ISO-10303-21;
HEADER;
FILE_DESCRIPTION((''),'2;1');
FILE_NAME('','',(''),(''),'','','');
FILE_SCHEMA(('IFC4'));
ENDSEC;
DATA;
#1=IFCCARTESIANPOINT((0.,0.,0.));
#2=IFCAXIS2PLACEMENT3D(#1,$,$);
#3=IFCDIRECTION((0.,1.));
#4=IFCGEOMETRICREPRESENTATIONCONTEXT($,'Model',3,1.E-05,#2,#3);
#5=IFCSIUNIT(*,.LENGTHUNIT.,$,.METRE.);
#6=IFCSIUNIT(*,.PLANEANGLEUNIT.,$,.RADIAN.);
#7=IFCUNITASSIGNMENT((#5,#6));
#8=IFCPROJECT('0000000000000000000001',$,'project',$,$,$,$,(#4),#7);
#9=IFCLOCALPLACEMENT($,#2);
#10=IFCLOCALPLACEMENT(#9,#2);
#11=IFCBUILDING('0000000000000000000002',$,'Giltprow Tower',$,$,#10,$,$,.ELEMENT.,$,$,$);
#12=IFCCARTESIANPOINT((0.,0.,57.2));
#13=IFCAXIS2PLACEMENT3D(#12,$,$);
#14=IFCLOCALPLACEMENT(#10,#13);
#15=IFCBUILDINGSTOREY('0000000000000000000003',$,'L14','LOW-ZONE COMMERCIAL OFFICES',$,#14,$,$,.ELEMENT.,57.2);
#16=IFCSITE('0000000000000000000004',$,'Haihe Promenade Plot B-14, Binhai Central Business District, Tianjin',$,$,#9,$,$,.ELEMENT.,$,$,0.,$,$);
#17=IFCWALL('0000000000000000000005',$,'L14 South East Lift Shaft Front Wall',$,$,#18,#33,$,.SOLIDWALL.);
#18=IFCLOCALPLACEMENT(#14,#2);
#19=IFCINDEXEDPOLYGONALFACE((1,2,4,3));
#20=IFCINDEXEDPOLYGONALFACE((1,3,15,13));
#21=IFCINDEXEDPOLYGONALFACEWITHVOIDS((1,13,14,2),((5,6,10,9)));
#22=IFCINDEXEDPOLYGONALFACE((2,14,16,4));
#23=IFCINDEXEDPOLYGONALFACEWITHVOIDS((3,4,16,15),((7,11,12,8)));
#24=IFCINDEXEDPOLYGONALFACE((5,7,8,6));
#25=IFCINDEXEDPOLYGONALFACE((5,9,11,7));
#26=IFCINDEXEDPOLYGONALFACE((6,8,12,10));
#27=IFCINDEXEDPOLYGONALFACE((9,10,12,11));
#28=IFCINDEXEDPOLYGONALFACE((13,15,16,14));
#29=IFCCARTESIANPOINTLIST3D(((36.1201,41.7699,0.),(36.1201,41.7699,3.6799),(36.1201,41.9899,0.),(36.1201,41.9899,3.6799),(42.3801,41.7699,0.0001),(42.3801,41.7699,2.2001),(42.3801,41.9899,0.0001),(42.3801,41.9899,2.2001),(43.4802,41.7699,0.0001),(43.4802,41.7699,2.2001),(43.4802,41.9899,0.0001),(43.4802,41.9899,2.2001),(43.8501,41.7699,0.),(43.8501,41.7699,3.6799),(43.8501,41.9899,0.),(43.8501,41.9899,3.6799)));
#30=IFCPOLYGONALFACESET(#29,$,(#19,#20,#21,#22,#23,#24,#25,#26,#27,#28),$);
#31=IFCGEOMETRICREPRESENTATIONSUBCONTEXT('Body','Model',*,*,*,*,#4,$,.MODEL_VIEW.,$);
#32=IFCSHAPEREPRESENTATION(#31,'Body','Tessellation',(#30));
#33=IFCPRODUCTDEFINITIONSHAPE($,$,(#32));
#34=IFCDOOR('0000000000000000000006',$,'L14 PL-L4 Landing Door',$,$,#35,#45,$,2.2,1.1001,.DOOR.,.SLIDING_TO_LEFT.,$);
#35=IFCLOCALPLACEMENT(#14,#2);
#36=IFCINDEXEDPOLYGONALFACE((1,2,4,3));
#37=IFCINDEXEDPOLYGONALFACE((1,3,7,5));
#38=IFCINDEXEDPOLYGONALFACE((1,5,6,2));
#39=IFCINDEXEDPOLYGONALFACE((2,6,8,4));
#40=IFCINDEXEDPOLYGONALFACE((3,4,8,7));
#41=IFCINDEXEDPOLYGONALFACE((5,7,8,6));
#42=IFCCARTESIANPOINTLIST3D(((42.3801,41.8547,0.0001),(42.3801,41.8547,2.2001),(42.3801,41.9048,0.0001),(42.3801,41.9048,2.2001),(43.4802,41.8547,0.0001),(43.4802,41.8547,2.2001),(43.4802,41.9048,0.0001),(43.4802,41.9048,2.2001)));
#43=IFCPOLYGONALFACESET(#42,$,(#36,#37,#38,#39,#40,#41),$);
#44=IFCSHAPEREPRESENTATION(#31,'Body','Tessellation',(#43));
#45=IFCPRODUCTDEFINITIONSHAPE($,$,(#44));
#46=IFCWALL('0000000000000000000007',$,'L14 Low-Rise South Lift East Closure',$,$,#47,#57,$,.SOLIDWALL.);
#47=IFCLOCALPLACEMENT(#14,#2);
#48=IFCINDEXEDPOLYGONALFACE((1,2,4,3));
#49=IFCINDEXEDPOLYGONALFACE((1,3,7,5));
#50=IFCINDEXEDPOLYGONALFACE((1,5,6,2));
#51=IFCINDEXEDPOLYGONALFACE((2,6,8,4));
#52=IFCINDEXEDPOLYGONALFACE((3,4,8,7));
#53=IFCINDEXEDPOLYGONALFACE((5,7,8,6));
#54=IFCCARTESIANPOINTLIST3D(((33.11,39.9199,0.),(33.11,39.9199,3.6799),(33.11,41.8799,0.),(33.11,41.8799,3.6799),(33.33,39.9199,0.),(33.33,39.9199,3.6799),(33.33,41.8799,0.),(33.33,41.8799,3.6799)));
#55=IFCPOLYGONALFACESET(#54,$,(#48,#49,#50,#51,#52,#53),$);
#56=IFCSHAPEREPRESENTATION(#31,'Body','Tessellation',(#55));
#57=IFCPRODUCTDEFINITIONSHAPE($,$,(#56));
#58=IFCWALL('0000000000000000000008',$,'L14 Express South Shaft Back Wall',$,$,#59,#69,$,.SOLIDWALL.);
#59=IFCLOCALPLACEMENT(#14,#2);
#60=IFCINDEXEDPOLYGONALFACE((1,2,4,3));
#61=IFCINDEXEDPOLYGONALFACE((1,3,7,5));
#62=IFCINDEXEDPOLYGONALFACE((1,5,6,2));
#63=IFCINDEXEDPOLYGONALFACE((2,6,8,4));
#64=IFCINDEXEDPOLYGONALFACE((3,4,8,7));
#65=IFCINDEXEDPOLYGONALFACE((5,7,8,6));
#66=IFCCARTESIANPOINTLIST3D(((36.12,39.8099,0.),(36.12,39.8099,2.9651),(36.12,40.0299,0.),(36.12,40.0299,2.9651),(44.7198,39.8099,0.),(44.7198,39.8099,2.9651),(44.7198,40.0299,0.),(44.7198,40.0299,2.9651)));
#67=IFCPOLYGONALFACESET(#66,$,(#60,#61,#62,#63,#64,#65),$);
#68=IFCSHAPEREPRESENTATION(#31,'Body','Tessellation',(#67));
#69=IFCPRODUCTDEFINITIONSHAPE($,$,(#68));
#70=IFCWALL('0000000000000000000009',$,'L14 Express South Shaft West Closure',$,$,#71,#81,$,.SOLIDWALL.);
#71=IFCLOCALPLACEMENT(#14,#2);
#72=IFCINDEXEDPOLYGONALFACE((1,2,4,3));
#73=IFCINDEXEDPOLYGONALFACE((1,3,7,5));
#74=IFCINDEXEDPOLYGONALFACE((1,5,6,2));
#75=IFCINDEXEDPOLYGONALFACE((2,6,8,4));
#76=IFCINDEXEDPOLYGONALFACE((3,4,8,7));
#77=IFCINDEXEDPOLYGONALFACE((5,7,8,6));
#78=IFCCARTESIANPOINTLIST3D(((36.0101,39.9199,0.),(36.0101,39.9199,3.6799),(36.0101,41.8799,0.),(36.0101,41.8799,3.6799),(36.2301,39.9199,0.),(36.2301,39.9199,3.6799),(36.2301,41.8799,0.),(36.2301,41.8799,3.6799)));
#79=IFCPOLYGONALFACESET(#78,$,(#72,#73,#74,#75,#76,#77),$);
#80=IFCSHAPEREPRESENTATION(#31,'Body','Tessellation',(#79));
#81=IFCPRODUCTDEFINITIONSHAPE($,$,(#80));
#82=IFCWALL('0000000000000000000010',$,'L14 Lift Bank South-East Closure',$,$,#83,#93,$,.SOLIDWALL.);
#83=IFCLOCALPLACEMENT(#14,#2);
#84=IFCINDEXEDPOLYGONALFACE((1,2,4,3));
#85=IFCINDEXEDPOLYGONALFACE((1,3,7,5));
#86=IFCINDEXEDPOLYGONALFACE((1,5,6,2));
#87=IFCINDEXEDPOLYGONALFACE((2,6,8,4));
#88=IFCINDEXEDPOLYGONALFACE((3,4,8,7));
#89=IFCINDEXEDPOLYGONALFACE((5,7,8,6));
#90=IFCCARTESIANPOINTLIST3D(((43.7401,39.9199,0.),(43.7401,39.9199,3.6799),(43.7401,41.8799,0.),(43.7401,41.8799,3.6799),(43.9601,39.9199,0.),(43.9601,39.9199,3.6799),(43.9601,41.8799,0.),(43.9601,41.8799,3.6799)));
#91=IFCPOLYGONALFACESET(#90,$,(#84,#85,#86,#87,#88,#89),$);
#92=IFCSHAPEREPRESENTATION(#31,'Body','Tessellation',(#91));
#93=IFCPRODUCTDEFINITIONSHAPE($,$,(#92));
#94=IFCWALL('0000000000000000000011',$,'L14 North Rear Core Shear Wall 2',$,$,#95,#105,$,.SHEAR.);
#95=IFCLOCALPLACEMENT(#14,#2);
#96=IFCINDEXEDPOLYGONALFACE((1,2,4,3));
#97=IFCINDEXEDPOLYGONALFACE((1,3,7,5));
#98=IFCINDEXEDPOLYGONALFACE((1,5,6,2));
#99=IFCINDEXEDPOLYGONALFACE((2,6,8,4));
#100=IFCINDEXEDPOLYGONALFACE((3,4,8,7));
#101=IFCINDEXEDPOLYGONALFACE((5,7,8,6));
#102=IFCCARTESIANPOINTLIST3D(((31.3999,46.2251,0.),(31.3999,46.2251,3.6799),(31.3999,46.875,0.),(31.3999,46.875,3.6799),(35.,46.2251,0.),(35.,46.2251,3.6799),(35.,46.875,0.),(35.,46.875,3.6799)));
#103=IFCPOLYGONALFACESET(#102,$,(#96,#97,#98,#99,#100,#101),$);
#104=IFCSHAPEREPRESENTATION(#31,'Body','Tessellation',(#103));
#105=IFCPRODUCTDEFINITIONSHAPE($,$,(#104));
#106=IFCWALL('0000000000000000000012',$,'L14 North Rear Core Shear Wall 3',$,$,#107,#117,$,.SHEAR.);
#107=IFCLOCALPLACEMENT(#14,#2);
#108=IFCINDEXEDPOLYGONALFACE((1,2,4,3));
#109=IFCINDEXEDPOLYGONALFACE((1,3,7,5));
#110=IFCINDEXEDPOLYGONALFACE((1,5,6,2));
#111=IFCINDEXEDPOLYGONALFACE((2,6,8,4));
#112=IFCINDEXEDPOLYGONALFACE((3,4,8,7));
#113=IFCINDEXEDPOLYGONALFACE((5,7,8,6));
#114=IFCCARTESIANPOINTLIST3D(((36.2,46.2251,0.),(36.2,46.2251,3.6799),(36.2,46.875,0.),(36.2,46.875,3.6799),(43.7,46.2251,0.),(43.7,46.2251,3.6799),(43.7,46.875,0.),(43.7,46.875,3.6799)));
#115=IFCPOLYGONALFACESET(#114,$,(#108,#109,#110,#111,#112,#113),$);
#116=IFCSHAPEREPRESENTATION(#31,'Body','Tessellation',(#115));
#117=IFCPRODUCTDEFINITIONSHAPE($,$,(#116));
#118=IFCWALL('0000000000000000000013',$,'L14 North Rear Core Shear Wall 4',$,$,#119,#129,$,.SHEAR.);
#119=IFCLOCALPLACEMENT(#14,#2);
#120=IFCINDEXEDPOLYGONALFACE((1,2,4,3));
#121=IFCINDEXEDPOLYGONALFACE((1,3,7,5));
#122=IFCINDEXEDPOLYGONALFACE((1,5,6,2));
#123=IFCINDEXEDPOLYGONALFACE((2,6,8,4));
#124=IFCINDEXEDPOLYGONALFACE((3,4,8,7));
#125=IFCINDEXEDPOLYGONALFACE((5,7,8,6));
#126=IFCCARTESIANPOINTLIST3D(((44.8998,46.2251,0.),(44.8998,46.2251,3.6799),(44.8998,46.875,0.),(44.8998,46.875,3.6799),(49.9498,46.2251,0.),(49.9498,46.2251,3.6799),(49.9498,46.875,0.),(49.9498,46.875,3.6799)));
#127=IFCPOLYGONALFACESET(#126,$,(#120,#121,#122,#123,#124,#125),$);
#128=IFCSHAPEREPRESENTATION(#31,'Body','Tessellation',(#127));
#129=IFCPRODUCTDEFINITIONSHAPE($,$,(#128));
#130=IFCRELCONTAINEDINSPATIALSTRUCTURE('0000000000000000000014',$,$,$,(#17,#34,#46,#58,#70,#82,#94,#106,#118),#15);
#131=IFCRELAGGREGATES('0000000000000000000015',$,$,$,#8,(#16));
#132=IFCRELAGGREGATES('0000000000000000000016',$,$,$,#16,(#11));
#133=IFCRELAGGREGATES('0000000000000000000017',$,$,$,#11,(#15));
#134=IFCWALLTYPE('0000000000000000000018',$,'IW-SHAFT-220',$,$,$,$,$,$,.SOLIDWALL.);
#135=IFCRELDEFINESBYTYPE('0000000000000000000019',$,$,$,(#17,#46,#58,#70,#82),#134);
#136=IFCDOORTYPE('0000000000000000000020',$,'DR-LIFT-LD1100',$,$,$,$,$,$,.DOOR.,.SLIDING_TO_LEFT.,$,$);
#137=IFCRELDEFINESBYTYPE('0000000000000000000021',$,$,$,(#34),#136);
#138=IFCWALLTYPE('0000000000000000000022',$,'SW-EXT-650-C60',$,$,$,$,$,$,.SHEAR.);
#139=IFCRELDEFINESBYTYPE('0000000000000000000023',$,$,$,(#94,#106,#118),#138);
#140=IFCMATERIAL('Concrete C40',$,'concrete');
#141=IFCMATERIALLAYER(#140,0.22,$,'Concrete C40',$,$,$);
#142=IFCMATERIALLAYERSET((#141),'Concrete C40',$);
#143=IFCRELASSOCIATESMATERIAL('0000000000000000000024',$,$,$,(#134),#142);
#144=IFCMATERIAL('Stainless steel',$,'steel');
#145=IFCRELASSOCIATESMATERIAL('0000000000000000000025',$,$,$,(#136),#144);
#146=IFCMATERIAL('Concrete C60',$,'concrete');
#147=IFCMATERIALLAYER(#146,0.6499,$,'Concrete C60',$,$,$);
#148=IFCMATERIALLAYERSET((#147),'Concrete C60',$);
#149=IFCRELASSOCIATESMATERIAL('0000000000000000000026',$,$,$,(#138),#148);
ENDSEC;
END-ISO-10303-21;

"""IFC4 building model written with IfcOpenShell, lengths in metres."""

from ifc_helpers import new_model, si_unit, direction, frame, frame_2d, origin, place, context, subcontext, project, spatial, rectangle, extrude, source, transform, mapped, material, layer, layer_set, type_object, element, fill, save


model = new_model("IFC4")

# Units and contexts
model_context = context("Model", 3, precision=1e-05, world=origin(), true_north=direction((0.0, 1.0)))
body_context = subcontext(model_context, "Body", "Model", "MODEL_VIEW")
ifc_project = project(units=[si_unit("LENGTHUNIT", "METRE"), si_unit("PLANEANGLEUNIT", "RADIAN")], contexts=[model_context])

# Site, building, storey
site_placement = place(None, origin())
site = spatial("IfcSite", under=ifc_project, at=site_placement, Name="Haihe Promenade Plot B-14, Binhai Central Business District, Tianjin", CompositionType="ELEMENT", RefElevation=0.0)
building_placement = place(site_placement, origin())
building = spatial("IfcBuilding", under=site, at=building_placement, Name="Giltprow Tower", CompositionType="ELEMENT")
storey_placement = place(building_placement, frame((0.0, 0.0, 57.2)))
storey = spatial("IfcBuildingStorey", under=building, at=storey_placement, Name="L14", Description="LOW-ZONE COMMERCIAL OFFICES", CompositionType="ELEMENT", Elevation=57.2)

# Shared definitions
ifc_material_1 = material(Name="Concrete C60", Category="concrete")

# Shared definitions
ifc_material_2 = material(Name="Concrete C40", Category="concrete")
ifc_layer_1 = layer(ifc_material_2, 0.22, Name="Concrete C40")
ifc_layer_set_1 = layer_set([ifc_layer_1], Name="Concrete C40")
wall_type_1 = type_object("IfcWallType", Name="IW-SHAFT-220", PredefinedType="SOLIDWALL", material=ifc_layer_set_1)
ifc_material_3 = material(Name="Stainless steel", Category="steel")
door_type = type_object("IfcDoorType", Name="DR-LIFT-LD1100", OperationType="SLIDING_TO_LEFT", PredefinedType="DOOR", material=ifc_material_3)
shared_shape_1 = source(origin(), body_context, "Body", "SweptSolid", [
    extrude(rectangle(XDim=1.1001, YDim=2.2, at=frame_2d((0.55, 1.1001))), frame((0.0, 0.0249, 0.0), z_axis=(0.0, -1.0, 0.0), x_axis=(1.0, 0.0, 0.0)), (0.0, 0.0, 1.0), 0.05),
])

# Wall, opening, door
wall_1_placement = place(storey_placement, frame((36.1201, 41.8799, 0.0), z_axis=(0.0, 0.0, 1.0), x_axis=(1.0, 0.0, 0.0)))
wall_1 = element("IfcWall", 1, at=wall_1_placement, inside=storey, type_object=wall_type_1, Name="L14 South East Lift Shaft Front Wall", PredefinedType="SOLIDWALL", context=body_context, shape_type="SweptSolid", body=[
    extrude(rectangle(XDim=7.73, YDim=0.22, at=frame_2d((3.865, 0.0))), origin(), (0.0, 0.0, 1.0), 3.6799),
])
opening_1_placement = place(wall_1_placement, frame((6.26, 0.0, 0.0)))
opening_1 = element("IfcOpeningElement", 2, at=opening_1_placement, cuts=wall_1, PredefinedType="OPENING", context=body_context, shape_type="SweptSolid", body=[
    extrude(rectangle(XDim=1.1001, YDim=2.2, at=frame_2d((0.55, 1.1001))), frame((0.0, 0.1199, 0.0), z_axis=(0.0, -1.0, 0.0), x_axis=(1.0, 0.0, 0.0)), (0.0, 0.0, 1.0), 0.24),
])
door_1_placement = place(opening_1_placement, origin())
door_1 = element("IfcDoor", 3, at=door_1_placement, inside=storey, type_object=door_type, Name="L14 PL-L4 Landing Door", OperationType="SLIDING_TO_LEFT", OverallHeight=2.2, OverallWidth=1.1001, PredefinedType="DOOR", context=body_context, shape_type="MappedRepresentation", body=[
    mapped(shared_shape_1, transform((0.0, 0.0, 0.0), x_axis=(1.0, 0.0, 0.0), y_axis=(0.0, 1.0, 0.0), z_axis=(0.0, 0.0, 1.0), scale=1.0)),
])
fill(opening_1, door_1)

# Walls
wall_2_placement = place(storey_placement, frame((33.22, 39.9199, 0.0), z_axis=(0.0, 0.0, 1.0), x_axis=(0.0, 1.0, 0.0)))
element("IfcWall", 4, at=wall_2_placement, inside=storey, type_object=wall_type_1, Name="L14 Low-Rise South Lift East Closure", PredefinedType="SOLIDWALL", context=body_context, shape_type="SweptSolid", body=[
    extrude(rectangle(XDim=1.96, YDim=0.22, at=frame_2d((0.98, 0.0))), origin(), (0.0, 0.0, 1.0), 3.6799),
])
wall_3_placement = place(storey_placement, frame((36.1201, 39.9199, 0.0), z_axis=(0.0, 0.0, 1.0), x_axis=(1.0, 0.0, 0.0)))
element("IfcWall", 5, at=wall_3_placement, inside=storey, type_object=wall_type_1, Name="L14 Express South Shaft Back Wall", PredefinedType="SOLIDWALL", context=body_context, shape_type="SweptSolid", body=[
    extrude(rectangle(XDim=8.5999, YDim=0.22, at=frame_2d((4.2998, 0.0))), origin(), (0.0, 0.0, 1.0), 2.9651),
])
for number, where, z_axis, x_axis, name in (
    (6, (36.1201, 39.9199, 0.0), (0.0, 0.0, 1.0), (0.0, 1.0, 0.0), "L14 Express South Shaft West Closure"),
    (7, (43.8501, 39.9199, 0.0), (0.0, 0.0, 1.0), (0.0, 1.0, 0.0), "L14 Lift Bank South-East Closure"),
):
    element("IfcWall", number, at=place(storey_placement, frame(where, z_axis=z_axis, x_axis=x_axis)), inside=storey, type_object=wall_type_1, Name=name, PredefinedType="SOLIDWALL", context=body_context, shape_type="SweptSolid", body=[
        extrude(rectangle(XDim=1.96, YDim=0.22, at=frame_2d((0.98, 0.0))), origin(), (0.0, 0.0, 1.0), 3.6799),
    ])
ifc_layer_2 = layer(ifc_material_1, 0.6499, Name="Concrete C60")
ifc_layer_set_2 = layer_set([ifc_layer_2], Name="Concrete C60")
wall_type_2 = type_object("IfcWallType", Name="SW-EXT-650-C60", PredefinedType="SHEAR", material=ifc_layer_set_2)
wall_4_placement = place(storey_placement, frame((31.3999, 46.55, 0.0), z_axis=(0.0, 0.0, 1.0), x_axis=(1.0, 0.0, 0.0)))
element("IfcWall", 8, at=wall_4_placement, inside=storey, type_object=wall_type_2, Name="L14 North Rear Core Shear Wall 2", PredefinedType="SHEAR", context=body_context, shape_type="SweptSolid", body=[
    extrude(rectangle(XDim=3.6001, YDim=0.6499, at=frame_2d((1.8, 0.0))), origin(), (0.0, 0.0, 1.0), 3.6799),
])
wall_5_placement = place(storey_placement, frame((36.2, 46.55, 0.0), z_axis=(0.0, 0.0, 1.0), x_axis=(1.0, 0.0, 0.0)))
element("IfcWall", 9, at=wall_5_placement, inside=storey, type_object=wall_type_2, Name="L14 North Rear Core Shear Wall 3", PredefinedType="SHEAR", context=body_context, shape_type="SweptSolid", body=[
    extrude(rectangle(XDim=7.5, YDim=0.6499, at=frame_2d((3.75, 0.0))), origin(), (0.0, 0.0, 1.0), 3.6799),
])
wall_6_placement = place(storey_placement, frame((44.8999, 46.55, 0.0), z_axis=(0.0, 0.0, 1.0), x_axis=(1.0, 0.0, 0.0)))
element("IfcWall", 10, at=wall_6_placement, inside=storey, type_object=wall_type_2, Name="L14 North Rear Core Shear Wall 4", PredefinedType="SHEAR", context=body_context, shape_type="SweptSolid", body=[
    extrude(rectangle(XDim=5.05, YDim=0.6499, at=frame_2d((2.5249, 0.0))), origin(), (0.0, 0.0, 1.0), 3.6799),
])

save(model, "model.ifc")
